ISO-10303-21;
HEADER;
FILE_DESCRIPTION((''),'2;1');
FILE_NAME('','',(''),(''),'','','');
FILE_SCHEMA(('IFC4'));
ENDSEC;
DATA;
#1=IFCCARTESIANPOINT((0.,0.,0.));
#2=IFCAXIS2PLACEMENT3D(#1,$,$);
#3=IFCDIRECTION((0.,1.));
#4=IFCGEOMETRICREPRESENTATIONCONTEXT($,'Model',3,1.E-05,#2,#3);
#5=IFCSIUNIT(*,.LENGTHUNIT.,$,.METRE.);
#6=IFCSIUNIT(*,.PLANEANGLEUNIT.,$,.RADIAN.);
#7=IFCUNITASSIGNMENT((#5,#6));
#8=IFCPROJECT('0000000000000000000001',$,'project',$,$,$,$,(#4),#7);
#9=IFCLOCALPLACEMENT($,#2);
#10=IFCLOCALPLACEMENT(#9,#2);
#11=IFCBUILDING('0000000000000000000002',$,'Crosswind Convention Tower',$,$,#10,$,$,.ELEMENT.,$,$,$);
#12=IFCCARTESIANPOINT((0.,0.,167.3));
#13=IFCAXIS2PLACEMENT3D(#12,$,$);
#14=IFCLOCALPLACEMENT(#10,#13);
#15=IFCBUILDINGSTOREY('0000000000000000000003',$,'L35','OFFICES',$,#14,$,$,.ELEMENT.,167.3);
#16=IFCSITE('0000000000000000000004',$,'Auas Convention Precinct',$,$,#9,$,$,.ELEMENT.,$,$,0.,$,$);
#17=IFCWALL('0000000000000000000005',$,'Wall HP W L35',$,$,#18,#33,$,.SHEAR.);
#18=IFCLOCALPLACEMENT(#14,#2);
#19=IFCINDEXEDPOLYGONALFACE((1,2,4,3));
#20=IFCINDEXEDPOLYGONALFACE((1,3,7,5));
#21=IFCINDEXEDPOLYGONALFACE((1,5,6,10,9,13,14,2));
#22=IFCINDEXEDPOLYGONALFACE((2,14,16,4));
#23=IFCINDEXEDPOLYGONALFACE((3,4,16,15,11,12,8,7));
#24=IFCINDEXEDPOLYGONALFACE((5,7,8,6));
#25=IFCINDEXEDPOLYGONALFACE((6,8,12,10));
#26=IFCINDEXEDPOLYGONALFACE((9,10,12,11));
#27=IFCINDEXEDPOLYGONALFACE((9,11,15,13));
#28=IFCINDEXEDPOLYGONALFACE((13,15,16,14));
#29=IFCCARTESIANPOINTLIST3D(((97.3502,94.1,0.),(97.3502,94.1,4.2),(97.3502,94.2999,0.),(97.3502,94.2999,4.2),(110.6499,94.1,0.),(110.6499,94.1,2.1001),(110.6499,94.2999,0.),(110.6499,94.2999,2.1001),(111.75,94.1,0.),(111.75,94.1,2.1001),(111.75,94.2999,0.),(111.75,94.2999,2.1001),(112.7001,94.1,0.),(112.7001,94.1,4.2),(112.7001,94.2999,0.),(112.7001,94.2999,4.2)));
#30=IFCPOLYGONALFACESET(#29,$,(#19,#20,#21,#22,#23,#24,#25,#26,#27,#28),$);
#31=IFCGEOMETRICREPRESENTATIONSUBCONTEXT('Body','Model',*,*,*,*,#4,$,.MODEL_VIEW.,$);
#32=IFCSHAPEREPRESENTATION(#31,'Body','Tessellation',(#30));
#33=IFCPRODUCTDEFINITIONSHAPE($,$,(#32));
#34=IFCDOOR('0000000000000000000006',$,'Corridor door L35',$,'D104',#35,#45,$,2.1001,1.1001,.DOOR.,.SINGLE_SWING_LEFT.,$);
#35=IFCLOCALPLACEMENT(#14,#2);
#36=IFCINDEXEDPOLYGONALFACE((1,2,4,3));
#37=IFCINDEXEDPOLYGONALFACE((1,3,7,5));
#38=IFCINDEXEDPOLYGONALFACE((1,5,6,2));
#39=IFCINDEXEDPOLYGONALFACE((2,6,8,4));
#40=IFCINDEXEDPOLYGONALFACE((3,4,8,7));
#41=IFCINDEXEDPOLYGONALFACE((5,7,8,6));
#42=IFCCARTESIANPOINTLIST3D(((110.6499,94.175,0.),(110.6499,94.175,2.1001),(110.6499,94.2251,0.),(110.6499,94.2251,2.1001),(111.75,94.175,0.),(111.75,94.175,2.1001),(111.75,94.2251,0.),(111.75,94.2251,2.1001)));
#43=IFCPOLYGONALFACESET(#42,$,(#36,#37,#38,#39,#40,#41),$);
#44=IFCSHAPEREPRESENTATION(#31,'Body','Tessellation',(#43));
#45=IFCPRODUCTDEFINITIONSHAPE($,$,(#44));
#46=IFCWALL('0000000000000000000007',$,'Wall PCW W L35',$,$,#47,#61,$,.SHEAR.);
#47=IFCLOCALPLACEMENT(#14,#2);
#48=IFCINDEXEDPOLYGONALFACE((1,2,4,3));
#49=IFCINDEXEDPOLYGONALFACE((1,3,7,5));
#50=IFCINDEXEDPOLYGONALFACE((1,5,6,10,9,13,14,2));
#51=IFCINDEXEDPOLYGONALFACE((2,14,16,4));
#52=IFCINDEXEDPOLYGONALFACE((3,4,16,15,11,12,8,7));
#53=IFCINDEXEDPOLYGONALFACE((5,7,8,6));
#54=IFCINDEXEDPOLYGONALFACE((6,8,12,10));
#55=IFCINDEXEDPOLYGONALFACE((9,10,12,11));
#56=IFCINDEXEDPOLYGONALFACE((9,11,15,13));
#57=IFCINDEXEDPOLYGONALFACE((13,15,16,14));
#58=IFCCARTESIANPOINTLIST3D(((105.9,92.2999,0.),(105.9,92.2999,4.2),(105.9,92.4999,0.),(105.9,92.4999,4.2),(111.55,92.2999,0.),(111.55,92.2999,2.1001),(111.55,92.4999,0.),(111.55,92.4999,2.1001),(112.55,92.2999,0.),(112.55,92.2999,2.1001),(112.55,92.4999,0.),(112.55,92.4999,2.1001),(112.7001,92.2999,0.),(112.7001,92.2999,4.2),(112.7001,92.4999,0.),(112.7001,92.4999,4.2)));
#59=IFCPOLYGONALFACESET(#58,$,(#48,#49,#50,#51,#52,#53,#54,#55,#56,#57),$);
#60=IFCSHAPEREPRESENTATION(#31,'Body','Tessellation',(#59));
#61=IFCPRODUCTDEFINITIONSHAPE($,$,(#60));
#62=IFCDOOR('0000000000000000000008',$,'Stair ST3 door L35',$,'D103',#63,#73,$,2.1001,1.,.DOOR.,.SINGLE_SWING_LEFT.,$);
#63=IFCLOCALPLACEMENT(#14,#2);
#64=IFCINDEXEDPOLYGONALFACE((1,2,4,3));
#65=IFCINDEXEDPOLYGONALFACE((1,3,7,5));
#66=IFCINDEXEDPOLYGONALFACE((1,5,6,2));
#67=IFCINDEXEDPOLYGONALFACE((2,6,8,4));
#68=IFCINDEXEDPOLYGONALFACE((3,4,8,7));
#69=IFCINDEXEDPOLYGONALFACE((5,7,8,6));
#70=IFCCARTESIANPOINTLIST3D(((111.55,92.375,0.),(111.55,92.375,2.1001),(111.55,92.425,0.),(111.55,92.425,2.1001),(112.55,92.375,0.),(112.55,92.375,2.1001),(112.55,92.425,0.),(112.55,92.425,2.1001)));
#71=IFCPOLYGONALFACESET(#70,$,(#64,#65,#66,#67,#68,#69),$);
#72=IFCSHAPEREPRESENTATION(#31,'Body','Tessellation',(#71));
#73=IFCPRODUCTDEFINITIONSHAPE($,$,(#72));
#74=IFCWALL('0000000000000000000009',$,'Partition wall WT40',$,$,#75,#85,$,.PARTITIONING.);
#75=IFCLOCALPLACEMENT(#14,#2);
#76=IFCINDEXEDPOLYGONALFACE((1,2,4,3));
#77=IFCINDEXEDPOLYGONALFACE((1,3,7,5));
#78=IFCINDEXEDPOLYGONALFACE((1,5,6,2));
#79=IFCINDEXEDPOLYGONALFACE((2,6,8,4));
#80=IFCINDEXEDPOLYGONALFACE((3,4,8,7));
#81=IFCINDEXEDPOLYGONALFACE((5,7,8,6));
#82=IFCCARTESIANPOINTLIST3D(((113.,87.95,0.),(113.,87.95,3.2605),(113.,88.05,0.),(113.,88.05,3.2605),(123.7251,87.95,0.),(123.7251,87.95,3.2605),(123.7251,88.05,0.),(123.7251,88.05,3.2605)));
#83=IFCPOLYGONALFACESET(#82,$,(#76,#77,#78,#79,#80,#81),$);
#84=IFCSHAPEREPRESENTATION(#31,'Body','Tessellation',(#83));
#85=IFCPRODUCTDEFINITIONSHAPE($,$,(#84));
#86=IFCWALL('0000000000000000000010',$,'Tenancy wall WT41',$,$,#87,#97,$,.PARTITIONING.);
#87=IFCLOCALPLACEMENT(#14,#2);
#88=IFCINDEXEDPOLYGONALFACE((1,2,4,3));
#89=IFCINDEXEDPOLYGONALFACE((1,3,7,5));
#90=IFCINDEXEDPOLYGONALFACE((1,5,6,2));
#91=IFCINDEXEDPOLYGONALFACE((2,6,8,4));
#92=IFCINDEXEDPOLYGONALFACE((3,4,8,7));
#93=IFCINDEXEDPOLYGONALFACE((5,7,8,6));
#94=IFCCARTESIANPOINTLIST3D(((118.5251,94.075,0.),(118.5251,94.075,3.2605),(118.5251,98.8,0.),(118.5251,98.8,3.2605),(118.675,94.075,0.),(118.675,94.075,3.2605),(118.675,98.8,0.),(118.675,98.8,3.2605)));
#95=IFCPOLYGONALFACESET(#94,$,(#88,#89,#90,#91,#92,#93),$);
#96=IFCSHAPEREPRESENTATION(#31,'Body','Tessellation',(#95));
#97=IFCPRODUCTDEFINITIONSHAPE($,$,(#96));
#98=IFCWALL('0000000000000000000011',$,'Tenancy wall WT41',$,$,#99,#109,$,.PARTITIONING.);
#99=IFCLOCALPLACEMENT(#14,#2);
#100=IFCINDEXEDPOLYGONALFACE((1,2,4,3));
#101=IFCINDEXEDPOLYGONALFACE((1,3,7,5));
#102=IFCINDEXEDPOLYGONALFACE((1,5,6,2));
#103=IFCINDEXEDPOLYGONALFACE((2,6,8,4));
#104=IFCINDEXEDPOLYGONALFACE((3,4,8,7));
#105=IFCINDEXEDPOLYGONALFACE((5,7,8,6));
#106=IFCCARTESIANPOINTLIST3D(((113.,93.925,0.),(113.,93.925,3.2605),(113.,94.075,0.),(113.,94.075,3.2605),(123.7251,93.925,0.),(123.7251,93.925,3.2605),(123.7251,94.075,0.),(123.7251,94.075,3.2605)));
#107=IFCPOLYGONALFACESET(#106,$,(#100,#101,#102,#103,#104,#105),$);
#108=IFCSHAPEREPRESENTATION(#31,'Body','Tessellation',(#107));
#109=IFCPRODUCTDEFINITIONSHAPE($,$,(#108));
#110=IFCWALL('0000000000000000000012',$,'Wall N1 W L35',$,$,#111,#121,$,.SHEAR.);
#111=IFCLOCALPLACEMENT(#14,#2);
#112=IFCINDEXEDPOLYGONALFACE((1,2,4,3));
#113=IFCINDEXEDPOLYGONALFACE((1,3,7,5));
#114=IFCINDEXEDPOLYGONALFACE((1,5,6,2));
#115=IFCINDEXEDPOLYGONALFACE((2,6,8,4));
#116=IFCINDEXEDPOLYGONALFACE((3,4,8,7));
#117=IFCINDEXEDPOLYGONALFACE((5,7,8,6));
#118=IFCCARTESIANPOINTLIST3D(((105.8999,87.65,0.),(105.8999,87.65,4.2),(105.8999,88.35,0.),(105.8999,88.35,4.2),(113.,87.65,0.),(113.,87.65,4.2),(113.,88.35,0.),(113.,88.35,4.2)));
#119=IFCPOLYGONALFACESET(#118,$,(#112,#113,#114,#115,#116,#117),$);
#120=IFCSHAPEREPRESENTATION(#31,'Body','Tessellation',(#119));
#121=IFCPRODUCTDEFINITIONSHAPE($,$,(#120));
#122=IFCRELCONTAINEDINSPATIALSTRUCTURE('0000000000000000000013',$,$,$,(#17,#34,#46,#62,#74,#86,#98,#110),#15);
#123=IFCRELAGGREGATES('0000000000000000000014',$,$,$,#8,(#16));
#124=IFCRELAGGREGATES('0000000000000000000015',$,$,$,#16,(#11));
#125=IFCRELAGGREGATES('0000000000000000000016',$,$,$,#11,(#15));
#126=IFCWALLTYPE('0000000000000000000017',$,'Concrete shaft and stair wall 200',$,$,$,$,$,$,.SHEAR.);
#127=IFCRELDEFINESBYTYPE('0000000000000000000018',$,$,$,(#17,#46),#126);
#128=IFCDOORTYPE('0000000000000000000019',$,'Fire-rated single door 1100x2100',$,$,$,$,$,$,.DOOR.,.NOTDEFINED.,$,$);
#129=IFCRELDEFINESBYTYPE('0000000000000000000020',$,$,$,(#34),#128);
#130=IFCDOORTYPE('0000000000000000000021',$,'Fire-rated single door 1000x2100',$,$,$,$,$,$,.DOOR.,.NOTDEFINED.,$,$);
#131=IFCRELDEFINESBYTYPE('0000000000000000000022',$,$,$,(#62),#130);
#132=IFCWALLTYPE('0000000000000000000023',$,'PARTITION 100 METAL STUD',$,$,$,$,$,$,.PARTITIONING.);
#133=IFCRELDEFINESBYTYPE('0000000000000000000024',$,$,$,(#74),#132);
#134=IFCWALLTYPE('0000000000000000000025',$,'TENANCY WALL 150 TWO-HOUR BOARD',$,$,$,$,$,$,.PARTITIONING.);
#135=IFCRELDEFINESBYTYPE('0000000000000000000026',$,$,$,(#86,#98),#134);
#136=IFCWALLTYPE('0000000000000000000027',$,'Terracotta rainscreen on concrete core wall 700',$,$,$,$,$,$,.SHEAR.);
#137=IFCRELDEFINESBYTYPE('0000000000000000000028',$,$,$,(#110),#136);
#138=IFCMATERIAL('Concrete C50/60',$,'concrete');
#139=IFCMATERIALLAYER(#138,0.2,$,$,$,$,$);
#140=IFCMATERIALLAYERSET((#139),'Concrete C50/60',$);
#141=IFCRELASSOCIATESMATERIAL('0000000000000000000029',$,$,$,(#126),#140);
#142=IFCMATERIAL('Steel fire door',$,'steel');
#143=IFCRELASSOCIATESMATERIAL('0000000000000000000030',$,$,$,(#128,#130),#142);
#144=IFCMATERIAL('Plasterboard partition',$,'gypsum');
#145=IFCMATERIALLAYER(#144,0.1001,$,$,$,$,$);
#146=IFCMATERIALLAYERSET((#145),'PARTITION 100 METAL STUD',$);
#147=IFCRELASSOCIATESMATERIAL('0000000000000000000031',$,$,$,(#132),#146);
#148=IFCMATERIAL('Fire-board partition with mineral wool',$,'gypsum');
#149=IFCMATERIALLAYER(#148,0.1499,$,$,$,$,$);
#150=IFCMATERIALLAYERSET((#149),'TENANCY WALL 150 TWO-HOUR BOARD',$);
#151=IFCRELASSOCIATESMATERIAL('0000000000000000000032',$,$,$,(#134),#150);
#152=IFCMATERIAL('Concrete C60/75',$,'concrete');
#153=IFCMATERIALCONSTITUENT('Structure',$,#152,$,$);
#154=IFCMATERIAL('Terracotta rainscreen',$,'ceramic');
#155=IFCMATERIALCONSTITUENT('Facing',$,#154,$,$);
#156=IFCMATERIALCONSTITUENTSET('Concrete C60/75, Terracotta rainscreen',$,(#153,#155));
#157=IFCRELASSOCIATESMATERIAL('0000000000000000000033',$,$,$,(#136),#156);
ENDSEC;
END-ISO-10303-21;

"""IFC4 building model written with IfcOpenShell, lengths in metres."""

from ifc_helpers import new_model, si_unit, direction, frame, frame_2d, origin, place, context, subcontext, project, spatial, rectangle, extrude, material, layer, layer_set, constituent, constituent_set, type_object, element, fill, save


model = new_model("IFC4")

# Units and contexts
model_context = context("Model", 3, precision=1e-05, world=origin(), true_north=direction((0.0, 1.0)))
body_context = subcontext(model_context, "Body", "Model", "MODEL_VIEW")
ifc_project = project(units=[si_unit("LENGTHUNIT", "METRE"), si_unit("PLANEANGLEUNIT", "RADIAN")], contexts=[model_context])

# Site, building, storey
site_placement = place(None, origin())
site = spatial("IfcSite", under=ifc_project, at=site_placement, Name="Auas Convention Precinct", CompositionType="ELEMENT", RefElevation=0.0)
building_placement = place(site_placement, origin())
building = spatial("IfcBuilding", under=site, at=building_placement, Name="Crosswind Convention Tower", CompositionType="ELEMENT")
storey_placement = place(building_placement, frame((0.0, 0.0, 167.3)))
storey = spatial("IfcBuildingStorey", under=building, at=storey_placement, Name="L35", Description="OFFICES", CompositionType="ELEMENT", Elevation=167.3)

# Shared definitions
ifc_material_1 = material(Name="Concrete C60/75", Category="concrete")

# Shared definitions
ifc_material_2 = material(Name="Concrete C50/60", Category="concrete")

# Walls, openings, doors
ifc_layer_1 = layer(ifc_material_2, 0.2)
ifc_layer_set_1 = layer_set([ifc_layer_1], Name="Concrete C50/60")
wall_type_1 = type_object("IfcWallType", Name="Concrete shaft and stair wall 200", PredefinedType="SHEAR", material=ifc_layer_set_1)
wall_1_placement = place(storey_placement, frame((112.7, 94.2, 0.0), z_axis=(0.0, 0.0, 1.0), x_axis=(-1.0, 0.0, 0.0)))
wall_1 = element("IfcWall", 1, at=wall_1_placement, inside=storey, type_object=wall_type_1, Name="Wall HP W L35", PredefinedType="SHEAR", context=body_context, shape_type="SweptSolid", body=[
    extrude(rectangle(XDim=15.3499, YDim=0.2, at=frame_2d((7.6748, 0.0))), origin(), (0.0, 0.0, 1.0), 4.2),
])
opening_1_placement = place(wall_1_placement, frame((0.95, 0.0, 0.0)))
opening_1 = element("IfcOpeningElement", 2, at=opening_1_placement, cuts=wall_1, PredefinedType="OPENING", context=body_context, shape_type="SweptSolid", body=[
    extrude(rectangle(XDim=1.1001, YDim=2.1001, at=frame_2d((0.55, 1.05))), frame((0.0, 0.1099, 0.0), z_axis=(0.0, -1.0, 0.0), x_axis=(1.0, 0.0, 0.0)), (0.0, 0.0, 1.0), 0.22),
])
ifc_material_3 = material(Name="Steel fire door", Category="steel")
door_type_1 = type_object("IfcDoorType", Name="Fire-rated single door 1100x2100", OperationType="NOTDEFINED", PredefinedType="DOOR", material=ifc_material_3)
door_1_placement = place(opening_1_placement, origin())
door_1 = element("IfcDoor", 3, at=door_1_placement, inside=storey, type_object=door_type_1, Name="Corridor door L35", ObjectType="D104", OperationType="SINGLE_SWING_LEFT", OverallHeight=2.1001, OverallWidth=1.1001, PredefinedType="DOOR", context=body_context, shape_type="SweptSolid", body=[
    extrude(rectangle(XDim=1.1001, YDim=2.1001, at=frame_2d((0.55, 1.05))), frame((0.0, 0.0249, 0.0), z_axis=(0.0, -1.0, 0.0), x_axis=(1.0, 0.0, 0.0)), (0.0, 0.0, 1.0), 0.05),
])
fill(opening_1, door_1)
wall_2_placement = place(storey_placement, frame((112.7, 92.3999, 0.0), z_axis=(0.0, 0.0, 1.0), x_axis=(-1.0, 0.0, 0.0)))
wall_2 = element("IfcWall", 4, at=wall_2_placement, inside=storey, type_object=wall_type_1, Name="Wall PCW W L35", PredefinedType="SHEAR", context=body_context, shape_type="SweptSolid", body=[
    extrude(rectangle(XDim=6.8, YDim=0.2, at=frame_2d((3.3999, 0.0))), origin(), (0.0, 0.0, 1.0), 4.2),
])
opening_2_placement = place(wall_2_placement, frame((0.1499, 0.0, 0.0)))
opening_2 = element("IfcOpeningElement", 5, at=opening_2_placement, cuts=wall_2, PredefinedType="OPENING", context=body_context, shape_type="SweptSolid", body=[
    extrude(rectangle(XDim=1.0, YDim=2.1001, at=frame_2d((0.5, 1.05))), frame((0.0, 0.1099, 0.0), z_axis=(0.0, -1.0, 0.0), x_axis=(1.0, 0.0, 0.0)), (0.0, 0.0, 1.0), 0.22),
])
door_type_2 = type_object("IfcDoorType", Name="Fire-rated single door 1000x2100", OperationType="NOTDEFINED", PredefinedType="DOOR", material=ifc_material_3)
door_2_placement = place(opening_2_placement, origin())
door_2 = element("IfcDoor", 6, at=door_2_placement, inside=storey, type_object=door_type_2, Name="Stair ST3 door L35", ObjectType="D103", OperationType="SINGLE_SWING_LEFT", OverallHeight=2.1001, OverallWidth=1.0, PredefinedType="DOOR", context=body_context, shape_type="SweptSolid", body=[
    extrude(rectangle(XDim=1.0, YDim=2.1001, at=frame_2d((0.5, 1.05))), frame((0.0, 0.0249, 0.0), z_axis=(0.0, -1.0, 0.0), x_axis=(1.0, 0.0, 0.0)), (0.0, 0.0, 1.0), 0.05),
])
fill(opening_2, door_2)

# Walls
ifc_material_4 = material(Name="Plasterboard partition", Category="gypsum")
ifc_layer_2 = layer(ifc_material_4, 0.1001)
ifc_layer_set_2 = layer_set([ifc_layer_2], Name="PARTITION 100 METAL STUD")
wall_type_2 = type_object("IfcWallType", Name="PARTITION 100 METAL STUD", PredefinedType="PARTITIONING", material=ifc_layer_set_2)
wall_3_placement = place(storey_placement, frame((113.0, 88.0, 0.0), z_axis=(0.0, 0.0, 1.0), x_axis=(1.0, 0.0, 0.0)))
element("IfcWall", 7, at=wall_3_placement, inside=storey, type_object=wall_type_2, Name="Partition wall WT40", PredefinedType="PARTITIONING", context=body_context, shape_type="SweptSolid", body=[
    extrude(rectangle(XDim=10.7251, YDim=0.1001, at=frame_2d((5.3625, 0.0))), origin(), (0.0, 0.0, 1.0), 3.2605),
])
ifc_material_5 = material(Name="Fire-board partition with mineral wool", Category="gypsum")
ifc_layer_3 = layer(ifc_material_5, 0.1499)
ifc_layer_set_3 = layer_set([ifc_layer_3], Name="TENANCY WALL 150 TWO-HOUR BOARD")
wall_type_3 = type_object("IfcWallType", Name="TENANCY WALL 150 TWO-HOUR BOARD", PredefinedType="PARTITIONING", material=ifc_layer_set_3)
wall_4_placement = place(storey_placement, frame((118.6001, 94.075, 0.0), z_axis=(0.0, 0.0, 1.0), x_axis=(0.0, 1.0, 0.0)))
element("IfcWall", 8, at=wall_4_placement, inside=storey, type_object=wall_type_3, Name="Tenancy wall WT41", PredefinedType="PARTITIONING", context=body_context, shape_type="SweptSolid", body=[
    extrude(rectangle(XDim=4.7251, YDim=0.1499, at=frame_2d((2.3625, 0.0))), origin(), (0.0, 0.0, 1.0), 3.2605),
])
wall_5_placement = place(storey_placement, frame((113.0, 94.0, 0.0), z_axis=(0.0, 0.0, 1.0), x_axis=(1.0, 0.0, 0.0)))
element("IfcWall", 9, at=wall_5_placement, inside=storey, type_object=wall_type_3, Name="Tenancy wall WT41", PredefinedType="PARTITIONING", context=body_context, shape_type="SweptSolid", body=[
    extrude(rectangle(XDim=10.7251, YDim=0.1499, at=frame_2d((5.3625, 0.0))), origin(), (0.0, 0.0, 1.0), 3.2605),
])
ifc_constituent_1 = constituent(ifc_material_1, Name="Structure")
ifc_material_6 = material(Name="Terracotta rainscreen", Category="ceramic")
ifc_constituent_2 = constituent(ifc_material_6, Name="Facing")
ifc_constituent_set = constituent_set(constituents=[ifc_constituent_1, ifc_constituent_2], Name="Concrete C60/75, Terracotta rainscreen")
wall_type_4 = type_object("IfcWallType", Name="Terracotta rainscreen on concrete core wall 700", PredefinedType="SHEAR", material=ifc_constituent_set)
wall_6_placement = place(storey_placement, frame((113.0, 88.0, 0.0), z_axis=(0.0, 0.0, 1.0), x_axis=(-1.0, 0.0, 0.0)))
element("IfcWall", 10, at=wall_6_placement, inside=storey, type_object=wall_type_4, Name="Wall N1 W L35", PredefinedType="SHEAR", context=body_context, shape_type="SweptSolid", body=[
    extrude(rectangle(XDim=7.1001, YDim=0.7, at=frame_2d((3.55, 0.0))), origin(), (0.0, 0.0, 1.0), 4.2),
])

save(model, "model.ifc")
